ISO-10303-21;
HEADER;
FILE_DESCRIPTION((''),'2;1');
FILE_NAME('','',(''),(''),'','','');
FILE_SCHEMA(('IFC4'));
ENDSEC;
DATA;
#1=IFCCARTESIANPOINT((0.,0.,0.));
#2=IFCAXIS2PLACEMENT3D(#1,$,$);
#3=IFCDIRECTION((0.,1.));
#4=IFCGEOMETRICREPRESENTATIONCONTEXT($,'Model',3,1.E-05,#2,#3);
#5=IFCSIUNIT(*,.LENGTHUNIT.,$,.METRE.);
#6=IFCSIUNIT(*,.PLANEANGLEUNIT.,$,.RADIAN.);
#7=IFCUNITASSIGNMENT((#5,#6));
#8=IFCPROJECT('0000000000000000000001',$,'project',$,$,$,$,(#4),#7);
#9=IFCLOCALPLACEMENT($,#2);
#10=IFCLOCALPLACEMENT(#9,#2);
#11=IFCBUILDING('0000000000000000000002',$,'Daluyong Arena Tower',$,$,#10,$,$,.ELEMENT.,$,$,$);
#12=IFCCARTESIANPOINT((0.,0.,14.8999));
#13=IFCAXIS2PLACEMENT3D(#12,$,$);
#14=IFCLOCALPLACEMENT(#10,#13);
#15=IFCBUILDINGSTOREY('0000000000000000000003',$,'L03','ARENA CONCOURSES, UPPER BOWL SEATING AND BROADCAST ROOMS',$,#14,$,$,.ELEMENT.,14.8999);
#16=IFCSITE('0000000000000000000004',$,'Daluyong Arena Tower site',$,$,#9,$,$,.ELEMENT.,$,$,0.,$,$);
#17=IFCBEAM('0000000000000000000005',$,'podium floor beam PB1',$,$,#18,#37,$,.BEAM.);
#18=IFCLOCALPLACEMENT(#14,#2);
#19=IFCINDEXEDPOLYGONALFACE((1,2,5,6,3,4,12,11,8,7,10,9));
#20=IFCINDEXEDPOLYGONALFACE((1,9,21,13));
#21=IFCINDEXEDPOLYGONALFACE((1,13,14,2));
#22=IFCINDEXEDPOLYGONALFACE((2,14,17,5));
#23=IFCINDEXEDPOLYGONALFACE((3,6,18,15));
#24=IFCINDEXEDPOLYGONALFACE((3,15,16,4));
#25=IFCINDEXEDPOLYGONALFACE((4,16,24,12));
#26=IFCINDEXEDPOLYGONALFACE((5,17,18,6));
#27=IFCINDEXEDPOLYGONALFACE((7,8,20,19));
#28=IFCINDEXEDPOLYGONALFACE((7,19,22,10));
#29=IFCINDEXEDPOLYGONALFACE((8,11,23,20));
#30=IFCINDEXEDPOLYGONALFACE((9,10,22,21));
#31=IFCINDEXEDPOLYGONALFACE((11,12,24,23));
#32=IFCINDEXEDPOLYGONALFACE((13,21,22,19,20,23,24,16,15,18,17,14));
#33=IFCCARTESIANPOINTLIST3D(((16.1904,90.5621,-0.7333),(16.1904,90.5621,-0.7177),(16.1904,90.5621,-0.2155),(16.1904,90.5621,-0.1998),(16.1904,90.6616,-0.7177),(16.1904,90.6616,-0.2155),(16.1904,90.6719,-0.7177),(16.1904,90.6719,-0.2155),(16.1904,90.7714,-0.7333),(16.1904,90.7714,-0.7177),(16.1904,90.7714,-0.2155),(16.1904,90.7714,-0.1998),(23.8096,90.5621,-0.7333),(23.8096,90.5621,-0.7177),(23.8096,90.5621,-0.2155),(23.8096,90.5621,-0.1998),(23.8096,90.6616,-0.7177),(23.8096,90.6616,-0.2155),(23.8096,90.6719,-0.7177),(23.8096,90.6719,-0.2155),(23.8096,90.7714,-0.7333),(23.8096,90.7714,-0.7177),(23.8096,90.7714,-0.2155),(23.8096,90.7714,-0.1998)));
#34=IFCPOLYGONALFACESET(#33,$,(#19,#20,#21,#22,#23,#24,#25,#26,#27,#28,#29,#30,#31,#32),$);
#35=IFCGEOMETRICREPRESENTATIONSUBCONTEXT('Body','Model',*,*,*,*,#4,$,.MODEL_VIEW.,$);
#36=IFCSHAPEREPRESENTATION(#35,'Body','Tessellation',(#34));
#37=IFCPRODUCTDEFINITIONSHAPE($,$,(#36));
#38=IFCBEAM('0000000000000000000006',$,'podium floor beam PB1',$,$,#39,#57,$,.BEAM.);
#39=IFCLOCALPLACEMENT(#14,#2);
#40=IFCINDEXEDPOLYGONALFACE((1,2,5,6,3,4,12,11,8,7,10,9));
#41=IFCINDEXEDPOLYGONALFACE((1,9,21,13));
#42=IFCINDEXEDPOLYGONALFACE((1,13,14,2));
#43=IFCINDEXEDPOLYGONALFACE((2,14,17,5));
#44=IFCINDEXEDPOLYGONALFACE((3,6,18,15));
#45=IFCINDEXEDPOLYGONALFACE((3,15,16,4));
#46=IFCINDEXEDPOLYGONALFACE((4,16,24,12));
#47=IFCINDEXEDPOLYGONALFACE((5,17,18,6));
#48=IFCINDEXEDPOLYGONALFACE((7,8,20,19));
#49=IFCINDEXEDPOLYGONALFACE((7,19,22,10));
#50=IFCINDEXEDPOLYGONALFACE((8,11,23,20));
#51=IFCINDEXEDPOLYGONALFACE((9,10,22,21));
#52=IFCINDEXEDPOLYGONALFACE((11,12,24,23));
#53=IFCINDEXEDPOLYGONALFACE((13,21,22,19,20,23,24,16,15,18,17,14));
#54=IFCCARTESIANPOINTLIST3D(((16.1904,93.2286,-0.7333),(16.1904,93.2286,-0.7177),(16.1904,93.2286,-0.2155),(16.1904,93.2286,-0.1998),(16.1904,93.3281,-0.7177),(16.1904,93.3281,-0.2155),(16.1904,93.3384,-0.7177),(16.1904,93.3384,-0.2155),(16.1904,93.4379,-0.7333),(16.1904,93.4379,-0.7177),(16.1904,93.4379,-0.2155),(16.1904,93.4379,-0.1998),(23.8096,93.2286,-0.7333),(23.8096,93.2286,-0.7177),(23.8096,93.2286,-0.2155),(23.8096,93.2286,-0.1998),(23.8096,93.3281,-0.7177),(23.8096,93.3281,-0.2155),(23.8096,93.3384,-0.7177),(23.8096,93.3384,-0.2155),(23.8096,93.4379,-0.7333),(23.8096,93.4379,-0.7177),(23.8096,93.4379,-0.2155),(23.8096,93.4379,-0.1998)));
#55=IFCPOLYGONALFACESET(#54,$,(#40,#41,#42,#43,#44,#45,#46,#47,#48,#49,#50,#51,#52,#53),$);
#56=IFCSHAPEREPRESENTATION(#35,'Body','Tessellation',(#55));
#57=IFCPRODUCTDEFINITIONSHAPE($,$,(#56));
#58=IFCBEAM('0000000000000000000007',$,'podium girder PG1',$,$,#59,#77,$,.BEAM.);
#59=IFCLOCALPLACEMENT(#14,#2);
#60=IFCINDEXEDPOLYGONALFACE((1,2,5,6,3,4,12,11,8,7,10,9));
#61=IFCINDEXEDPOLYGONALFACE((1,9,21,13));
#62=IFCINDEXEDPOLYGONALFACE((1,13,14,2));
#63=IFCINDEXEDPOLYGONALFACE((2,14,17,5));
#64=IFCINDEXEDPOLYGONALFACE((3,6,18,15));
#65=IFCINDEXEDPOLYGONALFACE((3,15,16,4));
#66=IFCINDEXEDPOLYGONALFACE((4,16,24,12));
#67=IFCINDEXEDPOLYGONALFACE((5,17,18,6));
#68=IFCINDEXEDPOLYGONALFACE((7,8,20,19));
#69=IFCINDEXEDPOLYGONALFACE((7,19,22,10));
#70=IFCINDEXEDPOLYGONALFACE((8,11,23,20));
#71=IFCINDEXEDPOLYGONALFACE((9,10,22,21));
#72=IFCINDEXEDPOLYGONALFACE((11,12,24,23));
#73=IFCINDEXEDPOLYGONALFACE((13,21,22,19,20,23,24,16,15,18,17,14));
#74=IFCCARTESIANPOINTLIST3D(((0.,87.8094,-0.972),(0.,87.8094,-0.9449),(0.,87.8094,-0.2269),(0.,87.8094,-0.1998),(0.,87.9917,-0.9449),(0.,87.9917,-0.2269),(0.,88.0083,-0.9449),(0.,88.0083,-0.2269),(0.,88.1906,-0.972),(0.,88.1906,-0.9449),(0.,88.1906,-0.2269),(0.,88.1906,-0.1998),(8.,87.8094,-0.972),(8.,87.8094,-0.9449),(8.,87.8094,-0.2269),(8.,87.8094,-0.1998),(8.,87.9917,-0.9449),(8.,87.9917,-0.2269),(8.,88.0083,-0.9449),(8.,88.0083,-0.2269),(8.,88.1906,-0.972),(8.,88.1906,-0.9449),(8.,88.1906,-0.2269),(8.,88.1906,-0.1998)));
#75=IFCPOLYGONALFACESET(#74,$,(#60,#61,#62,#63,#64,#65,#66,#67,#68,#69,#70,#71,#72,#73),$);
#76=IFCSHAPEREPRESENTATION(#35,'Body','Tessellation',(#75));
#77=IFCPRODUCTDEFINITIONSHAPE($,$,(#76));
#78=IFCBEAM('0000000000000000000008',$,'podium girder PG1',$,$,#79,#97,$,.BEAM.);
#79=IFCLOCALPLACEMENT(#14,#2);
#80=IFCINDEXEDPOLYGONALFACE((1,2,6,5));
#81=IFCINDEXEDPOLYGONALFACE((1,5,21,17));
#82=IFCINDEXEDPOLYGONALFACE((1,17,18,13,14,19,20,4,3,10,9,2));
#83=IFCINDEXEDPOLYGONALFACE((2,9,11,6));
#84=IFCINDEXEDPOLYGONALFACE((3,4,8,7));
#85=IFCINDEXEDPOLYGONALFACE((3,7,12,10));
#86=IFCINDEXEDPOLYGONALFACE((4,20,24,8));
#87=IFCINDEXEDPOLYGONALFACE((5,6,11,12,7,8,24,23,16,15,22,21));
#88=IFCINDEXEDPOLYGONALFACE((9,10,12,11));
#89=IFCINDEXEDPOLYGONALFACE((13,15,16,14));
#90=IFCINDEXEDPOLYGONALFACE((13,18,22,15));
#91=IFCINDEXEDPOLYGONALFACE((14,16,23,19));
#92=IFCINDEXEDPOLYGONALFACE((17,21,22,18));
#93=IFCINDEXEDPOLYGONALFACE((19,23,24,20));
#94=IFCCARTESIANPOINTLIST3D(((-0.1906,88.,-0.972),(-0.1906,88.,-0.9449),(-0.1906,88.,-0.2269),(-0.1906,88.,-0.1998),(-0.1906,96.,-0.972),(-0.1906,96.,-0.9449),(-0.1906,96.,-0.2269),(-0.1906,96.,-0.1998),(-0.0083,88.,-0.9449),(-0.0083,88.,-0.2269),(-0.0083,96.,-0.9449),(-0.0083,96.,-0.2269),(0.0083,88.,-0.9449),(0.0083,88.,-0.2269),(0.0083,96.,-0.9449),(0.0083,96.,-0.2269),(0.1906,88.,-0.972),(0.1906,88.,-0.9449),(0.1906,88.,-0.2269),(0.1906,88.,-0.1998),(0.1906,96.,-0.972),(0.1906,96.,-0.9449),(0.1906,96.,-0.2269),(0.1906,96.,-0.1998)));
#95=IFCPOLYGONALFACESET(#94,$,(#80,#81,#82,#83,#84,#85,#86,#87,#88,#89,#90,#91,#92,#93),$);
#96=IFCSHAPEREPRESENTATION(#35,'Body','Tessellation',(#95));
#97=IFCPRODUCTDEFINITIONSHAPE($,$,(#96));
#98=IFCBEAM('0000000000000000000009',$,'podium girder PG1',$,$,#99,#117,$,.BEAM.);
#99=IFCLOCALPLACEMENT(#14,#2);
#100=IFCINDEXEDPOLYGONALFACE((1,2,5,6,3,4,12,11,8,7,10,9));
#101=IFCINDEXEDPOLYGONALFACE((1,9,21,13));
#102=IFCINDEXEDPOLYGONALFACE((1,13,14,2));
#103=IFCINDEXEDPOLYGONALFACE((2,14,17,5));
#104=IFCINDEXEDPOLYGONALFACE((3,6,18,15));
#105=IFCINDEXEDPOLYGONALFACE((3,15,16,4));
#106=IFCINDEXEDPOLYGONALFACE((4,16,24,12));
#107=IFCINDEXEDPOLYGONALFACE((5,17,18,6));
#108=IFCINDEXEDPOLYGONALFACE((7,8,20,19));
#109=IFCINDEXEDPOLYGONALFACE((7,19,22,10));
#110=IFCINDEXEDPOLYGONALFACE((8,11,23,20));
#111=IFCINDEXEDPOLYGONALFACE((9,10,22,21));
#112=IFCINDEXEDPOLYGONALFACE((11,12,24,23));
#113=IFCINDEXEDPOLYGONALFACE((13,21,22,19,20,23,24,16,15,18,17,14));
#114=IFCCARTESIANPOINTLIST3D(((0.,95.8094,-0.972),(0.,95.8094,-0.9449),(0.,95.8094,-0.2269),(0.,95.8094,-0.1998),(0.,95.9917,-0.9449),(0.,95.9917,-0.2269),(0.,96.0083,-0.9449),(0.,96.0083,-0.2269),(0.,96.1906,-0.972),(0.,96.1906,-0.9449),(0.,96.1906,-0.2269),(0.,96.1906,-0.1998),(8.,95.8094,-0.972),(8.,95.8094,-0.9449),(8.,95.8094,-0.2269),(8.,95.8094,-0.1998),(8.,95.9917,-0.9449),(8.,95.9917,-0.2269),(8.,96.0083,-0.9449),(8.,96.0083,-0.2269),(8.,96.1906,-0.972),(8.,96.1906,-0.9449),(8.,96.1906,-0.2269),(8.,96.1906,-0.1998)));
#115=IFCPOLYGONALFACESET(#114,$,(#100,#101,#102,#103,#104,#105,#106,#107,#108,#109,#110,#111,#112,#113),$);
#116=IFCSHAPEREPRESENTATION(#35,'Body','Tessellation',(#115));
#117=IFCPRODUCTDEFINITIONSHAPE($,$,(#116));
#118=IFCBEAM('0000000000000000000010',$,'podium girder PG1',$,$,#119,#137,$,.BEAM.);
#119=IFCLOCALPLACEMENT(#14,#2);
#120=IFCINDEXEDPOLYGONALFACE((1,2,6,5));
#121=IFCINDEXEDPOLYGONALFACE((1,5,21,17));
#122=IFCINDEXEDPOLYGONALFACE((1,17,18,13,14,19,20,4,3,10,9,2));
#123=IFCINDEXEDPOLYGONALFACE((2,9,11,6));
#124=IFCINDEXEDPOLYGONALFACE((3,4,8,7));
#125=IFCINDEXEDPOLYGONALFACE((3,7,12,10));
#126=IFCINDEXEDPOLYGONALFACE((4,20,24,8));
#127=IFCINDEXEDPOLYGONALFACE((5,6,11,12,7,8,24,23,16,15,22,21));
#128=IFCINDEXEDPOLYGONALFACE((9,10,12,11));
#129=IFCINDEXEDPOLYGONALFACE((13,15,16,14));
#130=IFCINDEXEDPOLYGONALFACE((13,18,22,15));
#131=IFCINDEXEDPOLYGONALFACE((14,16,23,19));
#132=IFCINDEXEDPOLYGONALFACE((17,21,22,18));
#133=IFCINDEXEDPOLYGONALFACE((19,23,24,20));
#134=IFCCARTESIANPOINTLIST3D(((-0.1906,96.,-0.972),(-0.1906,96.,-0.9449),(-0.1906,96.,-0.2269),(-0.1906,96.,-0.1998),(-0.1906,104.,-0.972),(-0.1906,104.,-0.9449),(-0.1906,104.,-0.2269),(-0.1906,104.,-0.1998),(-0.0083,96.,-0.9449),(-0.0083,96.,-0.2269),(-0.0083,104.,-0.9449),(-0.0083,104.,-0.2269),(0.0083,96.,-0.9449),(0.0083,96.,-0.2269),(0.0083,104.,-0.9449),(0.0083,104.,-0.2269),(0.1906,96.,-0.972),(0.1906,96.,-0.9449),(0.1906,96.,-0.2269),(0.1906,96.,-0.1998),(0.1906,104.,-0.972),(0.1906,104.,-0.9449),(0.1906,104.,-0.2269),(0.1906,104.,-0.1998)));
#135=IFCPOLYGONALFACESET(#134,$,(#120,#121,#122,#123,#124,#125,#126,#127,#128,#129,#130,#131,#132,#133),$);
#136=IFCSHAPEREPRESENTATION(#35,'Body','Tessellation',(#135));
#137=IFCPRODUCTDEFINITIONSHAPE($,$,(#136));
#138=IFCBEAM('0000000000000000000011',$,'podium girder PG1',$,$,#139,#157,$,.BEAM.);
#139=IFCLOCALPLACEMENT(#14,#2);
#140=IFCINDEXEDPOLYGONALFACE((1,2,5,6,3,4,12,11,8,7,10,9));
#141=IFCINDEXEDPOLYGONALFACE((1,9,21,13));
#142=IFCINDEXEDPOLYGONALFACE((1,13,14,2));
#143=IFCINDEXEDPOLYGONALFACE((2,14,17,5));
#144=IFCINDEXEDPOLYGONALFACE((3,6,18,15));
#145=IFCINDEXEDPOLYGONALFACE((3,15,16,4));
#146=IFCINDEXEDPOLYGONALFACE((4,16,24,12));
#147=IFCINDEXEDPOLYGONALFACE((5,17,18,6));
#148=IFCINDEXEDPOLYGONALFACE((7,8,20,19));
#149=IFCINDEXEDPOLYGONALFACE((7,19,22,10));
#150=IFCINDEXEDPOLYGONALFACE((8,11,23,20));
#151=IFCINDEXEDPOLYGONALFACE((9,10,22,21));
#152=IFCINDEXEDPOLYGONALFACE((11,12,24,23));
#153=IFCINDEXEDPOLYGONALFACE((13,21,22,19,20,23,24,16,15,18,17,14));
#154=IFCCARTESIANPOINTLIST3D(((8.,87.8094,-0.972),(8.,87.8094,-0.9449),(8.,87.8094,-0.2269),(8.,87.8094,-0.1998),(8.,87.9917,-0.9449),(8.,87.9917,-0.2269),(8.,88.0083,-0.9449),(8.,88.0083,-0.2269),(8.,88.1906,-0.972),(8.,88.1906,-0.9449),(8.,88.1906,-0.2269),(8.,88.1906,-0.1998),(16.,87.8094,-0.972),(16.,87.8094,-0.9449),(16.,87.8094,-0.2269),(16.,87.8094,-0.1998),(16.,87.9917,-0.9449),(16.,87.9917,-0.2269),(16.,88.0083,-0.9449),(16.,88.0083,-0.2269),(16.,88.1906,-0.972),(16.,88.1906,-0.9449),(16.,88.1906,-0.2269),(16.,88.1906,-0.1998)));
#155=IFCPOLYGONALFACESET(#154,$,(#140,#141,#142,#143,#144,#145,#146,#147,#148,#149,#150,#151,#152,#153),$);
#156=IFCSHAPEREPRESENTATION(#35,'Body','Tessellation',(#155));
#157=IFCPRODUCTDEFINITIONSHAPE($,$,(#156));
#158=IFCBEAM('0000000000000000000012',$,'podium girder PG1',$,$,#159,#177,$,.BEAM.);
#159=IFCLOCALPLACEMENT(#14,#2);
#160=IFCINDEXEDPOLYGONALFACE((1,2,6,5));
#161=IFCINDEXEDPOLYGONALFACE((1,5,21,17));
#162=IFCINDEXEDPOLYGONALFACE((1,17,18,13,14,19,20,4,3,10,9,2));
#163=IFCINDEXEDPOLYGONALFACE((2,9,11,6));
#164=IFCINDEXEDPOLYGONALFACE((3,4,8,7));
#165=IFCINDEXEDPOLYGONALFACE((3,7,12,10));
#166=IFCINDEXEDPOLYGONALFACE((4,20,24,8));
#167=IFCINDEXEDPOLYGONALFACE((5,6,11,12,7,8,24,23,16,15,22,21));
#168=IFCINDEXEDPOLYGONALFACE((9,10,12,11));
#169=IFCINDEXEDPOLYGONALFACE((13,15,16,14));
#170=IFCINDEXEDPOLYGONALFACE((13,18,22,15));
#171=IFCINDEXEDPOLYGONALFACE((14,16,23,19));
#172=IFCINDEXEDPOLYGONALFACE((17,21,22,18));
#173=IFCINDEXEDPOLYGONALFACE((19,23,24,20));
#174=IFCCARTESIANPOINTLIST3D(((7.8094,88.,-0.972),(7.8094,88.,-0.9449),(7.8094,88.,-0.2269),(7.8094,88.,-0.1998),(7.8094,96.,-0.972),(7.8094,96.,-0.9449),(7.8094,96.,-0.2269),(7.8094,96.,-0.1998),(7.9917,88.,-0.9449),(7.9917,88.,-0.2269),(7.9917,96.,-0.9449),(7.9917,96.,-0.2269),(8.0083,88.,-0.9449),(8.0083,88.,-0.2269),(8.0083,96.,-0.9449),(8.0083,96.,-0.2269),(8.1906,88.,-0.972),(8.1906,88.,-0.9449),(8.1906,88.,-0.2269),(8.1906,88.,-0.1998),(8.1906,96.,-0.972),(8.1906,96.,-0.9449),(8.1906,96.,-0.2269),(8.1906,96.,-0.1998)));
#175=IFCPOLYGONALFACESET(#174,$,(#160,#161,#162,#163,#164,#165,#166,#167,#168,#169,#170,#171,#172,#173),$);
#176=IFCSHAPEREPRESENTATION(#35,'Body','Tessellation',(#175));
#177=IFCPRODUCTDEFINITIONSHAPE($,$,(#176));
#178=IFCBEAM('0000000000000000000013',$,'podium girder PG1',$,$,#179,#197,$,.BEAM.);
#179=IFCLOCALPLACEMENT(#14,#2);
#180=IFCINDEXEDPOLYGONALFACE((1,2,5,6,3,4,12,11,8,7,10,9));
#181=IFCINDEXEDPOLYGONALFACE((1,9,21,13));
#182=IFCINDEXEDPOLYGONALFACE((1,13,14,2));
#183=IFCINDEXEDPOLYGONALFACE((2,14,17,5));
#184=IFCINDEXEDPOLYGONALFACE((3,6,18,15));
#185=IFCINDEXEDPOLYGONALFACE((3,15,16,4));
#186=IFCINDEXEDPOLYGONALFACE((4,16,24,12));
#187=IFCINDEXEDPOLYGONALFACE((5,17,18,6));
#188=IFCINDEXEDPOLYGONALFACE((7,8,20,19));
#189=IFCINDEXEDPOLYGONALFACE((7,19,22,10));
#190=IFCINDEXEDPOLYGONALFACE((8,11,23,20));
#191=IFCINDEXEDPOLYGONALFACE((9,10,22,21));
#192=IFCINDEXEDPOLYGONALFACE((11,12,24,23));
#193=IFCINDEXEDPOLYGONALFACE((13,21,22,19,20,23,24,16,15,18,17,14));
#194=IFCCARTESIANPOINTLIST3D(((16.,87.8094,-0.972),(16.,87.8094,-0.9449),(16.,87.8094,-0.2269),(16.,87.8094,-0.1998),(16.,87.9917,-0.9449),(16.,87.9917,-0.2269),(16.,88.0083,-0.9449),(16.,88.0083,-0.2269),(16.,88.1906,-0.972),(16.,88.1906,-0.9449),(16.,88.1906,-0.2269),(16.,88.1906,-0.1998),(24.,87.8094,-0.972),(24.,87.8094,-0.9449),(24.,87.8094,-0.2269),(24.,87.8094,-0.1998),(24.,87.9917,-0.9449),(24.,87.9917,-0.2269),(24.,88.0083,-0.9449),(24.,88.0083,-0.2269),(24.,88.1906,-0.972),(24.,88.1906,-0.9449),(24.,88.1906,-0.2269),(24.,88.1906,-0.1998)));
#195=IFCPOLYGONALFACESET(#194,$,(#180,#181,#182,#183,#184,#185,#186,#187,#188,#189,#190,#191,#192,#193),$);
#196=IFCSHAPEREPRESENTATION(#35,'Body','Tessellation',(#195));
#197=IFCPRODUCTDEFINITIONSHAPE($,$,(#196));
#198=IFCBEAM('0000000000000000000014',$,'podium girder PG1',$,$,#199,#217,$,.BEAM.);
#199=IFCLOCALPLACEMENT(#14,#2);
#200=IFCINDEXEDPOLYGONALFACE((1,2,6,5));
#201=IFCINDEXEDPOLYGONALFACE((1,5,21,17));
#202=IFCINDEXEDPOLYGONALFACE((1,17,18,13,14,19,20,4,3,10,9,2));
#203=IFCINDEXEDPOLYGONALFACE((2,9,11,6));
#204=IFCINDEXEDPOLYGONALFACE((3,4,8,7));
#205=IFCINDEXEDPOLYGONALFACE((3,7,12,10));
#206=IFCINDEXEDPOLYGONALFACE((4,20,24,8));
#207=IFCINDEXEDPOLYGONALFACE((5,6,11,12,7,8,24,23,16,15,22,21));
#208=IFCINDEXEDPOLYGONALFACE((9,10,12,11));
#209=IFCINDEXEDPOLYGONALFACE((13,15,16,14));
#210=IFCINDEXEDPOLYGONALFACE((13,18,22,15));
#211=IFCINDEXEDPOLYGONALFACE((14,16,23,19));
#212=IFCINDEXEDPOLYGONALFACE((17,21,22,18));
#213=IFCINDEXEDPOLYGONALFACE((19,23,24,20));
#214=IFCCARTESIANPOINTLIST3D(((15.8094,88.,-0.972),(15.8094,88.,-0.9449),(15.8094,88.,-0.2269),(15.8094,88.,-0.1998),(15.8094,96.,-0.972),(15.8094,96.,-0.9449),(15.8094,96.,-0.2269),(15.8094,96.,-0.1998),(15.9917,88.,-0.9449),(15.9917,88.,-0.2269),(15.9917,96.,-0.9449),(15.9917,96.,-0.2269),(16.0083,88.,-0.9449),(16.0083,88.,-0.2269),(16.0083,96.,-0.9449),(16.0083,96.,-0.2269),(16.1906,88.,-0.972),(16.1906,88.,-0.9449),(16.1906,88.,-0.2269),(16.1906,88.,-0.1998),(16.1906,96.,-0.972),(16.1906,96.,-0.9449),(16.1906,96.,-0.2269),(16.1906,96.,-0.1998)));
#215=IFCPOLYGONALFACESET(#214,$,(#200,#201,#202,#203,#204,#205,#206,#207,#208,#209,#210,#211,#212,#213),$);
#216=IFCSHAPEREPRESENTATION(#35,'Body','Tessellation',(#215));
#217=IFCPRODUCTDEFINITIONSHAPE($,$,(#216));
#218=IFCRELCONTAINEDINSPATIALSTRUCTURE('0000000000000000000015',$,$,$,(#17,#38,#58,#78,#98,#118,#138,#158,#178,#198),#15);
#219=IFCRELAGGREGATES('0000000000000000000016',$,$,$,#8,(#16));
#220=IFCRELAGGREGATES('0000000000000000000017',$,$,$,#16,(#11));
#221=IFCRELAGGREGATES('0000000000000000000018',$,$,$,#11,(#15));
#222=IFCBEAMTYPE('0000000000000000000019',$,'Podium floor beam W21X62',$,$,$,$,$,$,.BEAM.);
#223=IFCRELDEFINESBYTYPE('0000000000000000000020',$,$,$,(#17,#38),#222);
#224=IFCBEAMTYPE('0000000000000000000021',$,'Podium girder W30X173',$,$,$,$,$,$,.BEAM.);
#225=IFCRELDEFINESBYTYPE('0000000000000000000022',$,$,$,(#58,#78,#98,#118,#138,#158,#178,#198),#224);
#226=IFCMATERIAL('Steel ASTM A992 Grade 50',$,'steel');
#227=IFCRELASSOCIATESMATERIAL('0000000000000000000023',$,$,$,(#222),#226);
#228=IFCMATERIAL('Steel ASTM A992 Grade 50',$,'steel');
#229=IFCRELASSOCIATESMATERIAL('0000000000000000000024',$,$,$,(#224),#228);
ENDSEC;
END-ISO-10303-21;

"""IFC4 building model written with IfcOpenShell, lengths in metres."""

from ifc_helpers import new_model, si_unit, direction, frame, origin, origin_2d, place, context, subcontext, project, spatial, i_section, extrude, material, material_profile, profile_set, type_object, element, save


model = new_model("IFC4")

# Units and contexts
model_context = context("Model", 3, precision=1e-05, world=origin(), true_north=direction((0.0, 1.0)))
body_context = subcontext(model_context, "Body", "Model", "MODEL_VIEW")
ifc_project = project(units=[si_unit("LENGTHUNIT", "METRE"), si_unit("PLANEANGLEUNIT", "RADIAN")], contexts=[model_context])

# Site, building, storey
site_placement = place(None, origin())
site = spatial("IfcSite", under=ifc_project, at=site_placement, Name="Daluyong Arena Tower site", CompositionType="ELEMENT", RefElevation=0.0)
building_placement = place(site_placement, origin())
building = spatial("IfcBuilding", under=site, at=building_placement, Name="Daluyong Arena Tower", CompositionType="ELEMENT")
storey_placement = place(building_placement, frame((0.0, 0.0, 14.8999)))
storey = spatial("IfcBuildingStorey", under=building, at=storey_placement, Name="L03", Description="ARENA CONCOURSES, UPPER BOWL SEATING AND BROADCAST ROOMS", CompositionType="ELEMENT", Elevation=14.8999)

# Beams
ifc_material_1 = material(Name="Steel ASTM A992 Grade 50", Category="steel")
ifc_material_profile_1 = material_profile(ifc_material_1, i_section(OverallWidth=0.2092, OverallDepth=0.5334, WebThickness=0.0103, FlangeThickness=0.0156, at=origin_2d()))
ifc_profile_set_1 = profile_set([ifc_material_profile_1], Name="Steel ASTM A992 Grade 50")
beam_type_1 = type_object("IfcBeamType", Name="Podium floor beam W21X62", PredefinedType="BEAM", material=ifc_profile_set_1)
for number, where, z_axis, x_axis, name in (
    (1, (16.1904, 90.6667, -0.4666), (1.0, 0.0, 0.0), (0.0, 1.0, 0.0), "podium floor beam PB1"),
    (2, (16.1904, 93.3333, -0.4666), (1.0, 0.0, 0.0), (0.0, 1.0, 0.0), "podium floor beam PB1"),
):
    element("IfcBeam", number, at=place(storey_placement, frame(where, z_axis=z_axis, x_axis=x_axis)), inside=storey, type_object=beam_type_1, Name=name, PredefinedType="BEAM", context=body_context, shape_type="SweptSolid", body=[
        extrude(i_section(OverallWidth=0.2092, OverallDepth=0.5334, WebThickness=0.0103, FlangeThickness=0.0156, at=origin_2d()), origin(), (0.0, 0.0, 1.0), 7.6191),
    ])
ifc_material_2 = material(Name="Steel ASTM A992 Grade 50", Category="steel")
ifc_material_profile_2 = material_profile(ifc_material_2, i_section(OverallWidth=0.3811, OverallDepth=0.7722, WebThickness=0.0166, FlangeThickness=0.0271, at=origin_2d()))
ifc_profile_set_2 = profile_set([ifc_material_profile_2], Name="Steel ASTM A992 Grade 50")
beam_type_2 = type_object("IfcBeamType", Name="Podium girder W30X173", PredefinedType="BEAM", material=ifc_profile_set_2)
for number, where, z_axis, x_axis, name in (
    (3, (0.0, 88.0, -0.5859), (1.0, 0.0, 0.0), (0.0, 1.0, 0.0), "podium girder PG1"),
    (4, (0.0, 88.0, -0.5859), (0.0, 1.0, 0.0), (-1.0, 0.0, 0.0), "podium girder PG1"),
    (5, (0.0, 96.0, -0.5859), (1.0, 0.0, 0.0), (0.0, 1.0, 0.0), "podium girder PG1"),
    (6, (0.0, 96.0, -0.5859), (0.0, 1.0, 0.0), (-1.0, 0.0, 0.0), "podium girder PG1"),
    (7, (8.0, 88.0, -0.5859), (1.0, 0.0, 0.0), (0.0, 1.0, 0.0), "podium girder PG1"),
    (8, (8.0, 88.0, -0.5859), (0.0, 1.0, 0.0), (-1.0, 0.0, 0.0), "podium girder PG1"),
    (9, (16.0, 88.0, -0.5859), (1.0, 0.0, 0.0), (0.0, 1.0, 0.0), "podium girder PG1"),
    (10, (16.0, 88.0, -0.5859), (0.0, 1.0, 0.0), (-1.0, 0.0, 0.0), "podium girder PG1"),
):
    element("IfcBeam", number, at=place(storey_placement, frame(where, z_axis=z_axis, x_axis=x_axis)), inside=storey, type_object=beam_type_2, Name=name, PredefinedType="BEAM", context=body_context, shape_type="SweptSolid", body=[
        extrude(i_section(OverallWidth=0.3811, OverallDepth=0.7722, WebThickness=0.0166, FlangeThickness=0.0271, at=origin_2d()), origin(), (0.0, 0.0, 1.0), 8.0),
    ])

save(model, "model.ifc")
